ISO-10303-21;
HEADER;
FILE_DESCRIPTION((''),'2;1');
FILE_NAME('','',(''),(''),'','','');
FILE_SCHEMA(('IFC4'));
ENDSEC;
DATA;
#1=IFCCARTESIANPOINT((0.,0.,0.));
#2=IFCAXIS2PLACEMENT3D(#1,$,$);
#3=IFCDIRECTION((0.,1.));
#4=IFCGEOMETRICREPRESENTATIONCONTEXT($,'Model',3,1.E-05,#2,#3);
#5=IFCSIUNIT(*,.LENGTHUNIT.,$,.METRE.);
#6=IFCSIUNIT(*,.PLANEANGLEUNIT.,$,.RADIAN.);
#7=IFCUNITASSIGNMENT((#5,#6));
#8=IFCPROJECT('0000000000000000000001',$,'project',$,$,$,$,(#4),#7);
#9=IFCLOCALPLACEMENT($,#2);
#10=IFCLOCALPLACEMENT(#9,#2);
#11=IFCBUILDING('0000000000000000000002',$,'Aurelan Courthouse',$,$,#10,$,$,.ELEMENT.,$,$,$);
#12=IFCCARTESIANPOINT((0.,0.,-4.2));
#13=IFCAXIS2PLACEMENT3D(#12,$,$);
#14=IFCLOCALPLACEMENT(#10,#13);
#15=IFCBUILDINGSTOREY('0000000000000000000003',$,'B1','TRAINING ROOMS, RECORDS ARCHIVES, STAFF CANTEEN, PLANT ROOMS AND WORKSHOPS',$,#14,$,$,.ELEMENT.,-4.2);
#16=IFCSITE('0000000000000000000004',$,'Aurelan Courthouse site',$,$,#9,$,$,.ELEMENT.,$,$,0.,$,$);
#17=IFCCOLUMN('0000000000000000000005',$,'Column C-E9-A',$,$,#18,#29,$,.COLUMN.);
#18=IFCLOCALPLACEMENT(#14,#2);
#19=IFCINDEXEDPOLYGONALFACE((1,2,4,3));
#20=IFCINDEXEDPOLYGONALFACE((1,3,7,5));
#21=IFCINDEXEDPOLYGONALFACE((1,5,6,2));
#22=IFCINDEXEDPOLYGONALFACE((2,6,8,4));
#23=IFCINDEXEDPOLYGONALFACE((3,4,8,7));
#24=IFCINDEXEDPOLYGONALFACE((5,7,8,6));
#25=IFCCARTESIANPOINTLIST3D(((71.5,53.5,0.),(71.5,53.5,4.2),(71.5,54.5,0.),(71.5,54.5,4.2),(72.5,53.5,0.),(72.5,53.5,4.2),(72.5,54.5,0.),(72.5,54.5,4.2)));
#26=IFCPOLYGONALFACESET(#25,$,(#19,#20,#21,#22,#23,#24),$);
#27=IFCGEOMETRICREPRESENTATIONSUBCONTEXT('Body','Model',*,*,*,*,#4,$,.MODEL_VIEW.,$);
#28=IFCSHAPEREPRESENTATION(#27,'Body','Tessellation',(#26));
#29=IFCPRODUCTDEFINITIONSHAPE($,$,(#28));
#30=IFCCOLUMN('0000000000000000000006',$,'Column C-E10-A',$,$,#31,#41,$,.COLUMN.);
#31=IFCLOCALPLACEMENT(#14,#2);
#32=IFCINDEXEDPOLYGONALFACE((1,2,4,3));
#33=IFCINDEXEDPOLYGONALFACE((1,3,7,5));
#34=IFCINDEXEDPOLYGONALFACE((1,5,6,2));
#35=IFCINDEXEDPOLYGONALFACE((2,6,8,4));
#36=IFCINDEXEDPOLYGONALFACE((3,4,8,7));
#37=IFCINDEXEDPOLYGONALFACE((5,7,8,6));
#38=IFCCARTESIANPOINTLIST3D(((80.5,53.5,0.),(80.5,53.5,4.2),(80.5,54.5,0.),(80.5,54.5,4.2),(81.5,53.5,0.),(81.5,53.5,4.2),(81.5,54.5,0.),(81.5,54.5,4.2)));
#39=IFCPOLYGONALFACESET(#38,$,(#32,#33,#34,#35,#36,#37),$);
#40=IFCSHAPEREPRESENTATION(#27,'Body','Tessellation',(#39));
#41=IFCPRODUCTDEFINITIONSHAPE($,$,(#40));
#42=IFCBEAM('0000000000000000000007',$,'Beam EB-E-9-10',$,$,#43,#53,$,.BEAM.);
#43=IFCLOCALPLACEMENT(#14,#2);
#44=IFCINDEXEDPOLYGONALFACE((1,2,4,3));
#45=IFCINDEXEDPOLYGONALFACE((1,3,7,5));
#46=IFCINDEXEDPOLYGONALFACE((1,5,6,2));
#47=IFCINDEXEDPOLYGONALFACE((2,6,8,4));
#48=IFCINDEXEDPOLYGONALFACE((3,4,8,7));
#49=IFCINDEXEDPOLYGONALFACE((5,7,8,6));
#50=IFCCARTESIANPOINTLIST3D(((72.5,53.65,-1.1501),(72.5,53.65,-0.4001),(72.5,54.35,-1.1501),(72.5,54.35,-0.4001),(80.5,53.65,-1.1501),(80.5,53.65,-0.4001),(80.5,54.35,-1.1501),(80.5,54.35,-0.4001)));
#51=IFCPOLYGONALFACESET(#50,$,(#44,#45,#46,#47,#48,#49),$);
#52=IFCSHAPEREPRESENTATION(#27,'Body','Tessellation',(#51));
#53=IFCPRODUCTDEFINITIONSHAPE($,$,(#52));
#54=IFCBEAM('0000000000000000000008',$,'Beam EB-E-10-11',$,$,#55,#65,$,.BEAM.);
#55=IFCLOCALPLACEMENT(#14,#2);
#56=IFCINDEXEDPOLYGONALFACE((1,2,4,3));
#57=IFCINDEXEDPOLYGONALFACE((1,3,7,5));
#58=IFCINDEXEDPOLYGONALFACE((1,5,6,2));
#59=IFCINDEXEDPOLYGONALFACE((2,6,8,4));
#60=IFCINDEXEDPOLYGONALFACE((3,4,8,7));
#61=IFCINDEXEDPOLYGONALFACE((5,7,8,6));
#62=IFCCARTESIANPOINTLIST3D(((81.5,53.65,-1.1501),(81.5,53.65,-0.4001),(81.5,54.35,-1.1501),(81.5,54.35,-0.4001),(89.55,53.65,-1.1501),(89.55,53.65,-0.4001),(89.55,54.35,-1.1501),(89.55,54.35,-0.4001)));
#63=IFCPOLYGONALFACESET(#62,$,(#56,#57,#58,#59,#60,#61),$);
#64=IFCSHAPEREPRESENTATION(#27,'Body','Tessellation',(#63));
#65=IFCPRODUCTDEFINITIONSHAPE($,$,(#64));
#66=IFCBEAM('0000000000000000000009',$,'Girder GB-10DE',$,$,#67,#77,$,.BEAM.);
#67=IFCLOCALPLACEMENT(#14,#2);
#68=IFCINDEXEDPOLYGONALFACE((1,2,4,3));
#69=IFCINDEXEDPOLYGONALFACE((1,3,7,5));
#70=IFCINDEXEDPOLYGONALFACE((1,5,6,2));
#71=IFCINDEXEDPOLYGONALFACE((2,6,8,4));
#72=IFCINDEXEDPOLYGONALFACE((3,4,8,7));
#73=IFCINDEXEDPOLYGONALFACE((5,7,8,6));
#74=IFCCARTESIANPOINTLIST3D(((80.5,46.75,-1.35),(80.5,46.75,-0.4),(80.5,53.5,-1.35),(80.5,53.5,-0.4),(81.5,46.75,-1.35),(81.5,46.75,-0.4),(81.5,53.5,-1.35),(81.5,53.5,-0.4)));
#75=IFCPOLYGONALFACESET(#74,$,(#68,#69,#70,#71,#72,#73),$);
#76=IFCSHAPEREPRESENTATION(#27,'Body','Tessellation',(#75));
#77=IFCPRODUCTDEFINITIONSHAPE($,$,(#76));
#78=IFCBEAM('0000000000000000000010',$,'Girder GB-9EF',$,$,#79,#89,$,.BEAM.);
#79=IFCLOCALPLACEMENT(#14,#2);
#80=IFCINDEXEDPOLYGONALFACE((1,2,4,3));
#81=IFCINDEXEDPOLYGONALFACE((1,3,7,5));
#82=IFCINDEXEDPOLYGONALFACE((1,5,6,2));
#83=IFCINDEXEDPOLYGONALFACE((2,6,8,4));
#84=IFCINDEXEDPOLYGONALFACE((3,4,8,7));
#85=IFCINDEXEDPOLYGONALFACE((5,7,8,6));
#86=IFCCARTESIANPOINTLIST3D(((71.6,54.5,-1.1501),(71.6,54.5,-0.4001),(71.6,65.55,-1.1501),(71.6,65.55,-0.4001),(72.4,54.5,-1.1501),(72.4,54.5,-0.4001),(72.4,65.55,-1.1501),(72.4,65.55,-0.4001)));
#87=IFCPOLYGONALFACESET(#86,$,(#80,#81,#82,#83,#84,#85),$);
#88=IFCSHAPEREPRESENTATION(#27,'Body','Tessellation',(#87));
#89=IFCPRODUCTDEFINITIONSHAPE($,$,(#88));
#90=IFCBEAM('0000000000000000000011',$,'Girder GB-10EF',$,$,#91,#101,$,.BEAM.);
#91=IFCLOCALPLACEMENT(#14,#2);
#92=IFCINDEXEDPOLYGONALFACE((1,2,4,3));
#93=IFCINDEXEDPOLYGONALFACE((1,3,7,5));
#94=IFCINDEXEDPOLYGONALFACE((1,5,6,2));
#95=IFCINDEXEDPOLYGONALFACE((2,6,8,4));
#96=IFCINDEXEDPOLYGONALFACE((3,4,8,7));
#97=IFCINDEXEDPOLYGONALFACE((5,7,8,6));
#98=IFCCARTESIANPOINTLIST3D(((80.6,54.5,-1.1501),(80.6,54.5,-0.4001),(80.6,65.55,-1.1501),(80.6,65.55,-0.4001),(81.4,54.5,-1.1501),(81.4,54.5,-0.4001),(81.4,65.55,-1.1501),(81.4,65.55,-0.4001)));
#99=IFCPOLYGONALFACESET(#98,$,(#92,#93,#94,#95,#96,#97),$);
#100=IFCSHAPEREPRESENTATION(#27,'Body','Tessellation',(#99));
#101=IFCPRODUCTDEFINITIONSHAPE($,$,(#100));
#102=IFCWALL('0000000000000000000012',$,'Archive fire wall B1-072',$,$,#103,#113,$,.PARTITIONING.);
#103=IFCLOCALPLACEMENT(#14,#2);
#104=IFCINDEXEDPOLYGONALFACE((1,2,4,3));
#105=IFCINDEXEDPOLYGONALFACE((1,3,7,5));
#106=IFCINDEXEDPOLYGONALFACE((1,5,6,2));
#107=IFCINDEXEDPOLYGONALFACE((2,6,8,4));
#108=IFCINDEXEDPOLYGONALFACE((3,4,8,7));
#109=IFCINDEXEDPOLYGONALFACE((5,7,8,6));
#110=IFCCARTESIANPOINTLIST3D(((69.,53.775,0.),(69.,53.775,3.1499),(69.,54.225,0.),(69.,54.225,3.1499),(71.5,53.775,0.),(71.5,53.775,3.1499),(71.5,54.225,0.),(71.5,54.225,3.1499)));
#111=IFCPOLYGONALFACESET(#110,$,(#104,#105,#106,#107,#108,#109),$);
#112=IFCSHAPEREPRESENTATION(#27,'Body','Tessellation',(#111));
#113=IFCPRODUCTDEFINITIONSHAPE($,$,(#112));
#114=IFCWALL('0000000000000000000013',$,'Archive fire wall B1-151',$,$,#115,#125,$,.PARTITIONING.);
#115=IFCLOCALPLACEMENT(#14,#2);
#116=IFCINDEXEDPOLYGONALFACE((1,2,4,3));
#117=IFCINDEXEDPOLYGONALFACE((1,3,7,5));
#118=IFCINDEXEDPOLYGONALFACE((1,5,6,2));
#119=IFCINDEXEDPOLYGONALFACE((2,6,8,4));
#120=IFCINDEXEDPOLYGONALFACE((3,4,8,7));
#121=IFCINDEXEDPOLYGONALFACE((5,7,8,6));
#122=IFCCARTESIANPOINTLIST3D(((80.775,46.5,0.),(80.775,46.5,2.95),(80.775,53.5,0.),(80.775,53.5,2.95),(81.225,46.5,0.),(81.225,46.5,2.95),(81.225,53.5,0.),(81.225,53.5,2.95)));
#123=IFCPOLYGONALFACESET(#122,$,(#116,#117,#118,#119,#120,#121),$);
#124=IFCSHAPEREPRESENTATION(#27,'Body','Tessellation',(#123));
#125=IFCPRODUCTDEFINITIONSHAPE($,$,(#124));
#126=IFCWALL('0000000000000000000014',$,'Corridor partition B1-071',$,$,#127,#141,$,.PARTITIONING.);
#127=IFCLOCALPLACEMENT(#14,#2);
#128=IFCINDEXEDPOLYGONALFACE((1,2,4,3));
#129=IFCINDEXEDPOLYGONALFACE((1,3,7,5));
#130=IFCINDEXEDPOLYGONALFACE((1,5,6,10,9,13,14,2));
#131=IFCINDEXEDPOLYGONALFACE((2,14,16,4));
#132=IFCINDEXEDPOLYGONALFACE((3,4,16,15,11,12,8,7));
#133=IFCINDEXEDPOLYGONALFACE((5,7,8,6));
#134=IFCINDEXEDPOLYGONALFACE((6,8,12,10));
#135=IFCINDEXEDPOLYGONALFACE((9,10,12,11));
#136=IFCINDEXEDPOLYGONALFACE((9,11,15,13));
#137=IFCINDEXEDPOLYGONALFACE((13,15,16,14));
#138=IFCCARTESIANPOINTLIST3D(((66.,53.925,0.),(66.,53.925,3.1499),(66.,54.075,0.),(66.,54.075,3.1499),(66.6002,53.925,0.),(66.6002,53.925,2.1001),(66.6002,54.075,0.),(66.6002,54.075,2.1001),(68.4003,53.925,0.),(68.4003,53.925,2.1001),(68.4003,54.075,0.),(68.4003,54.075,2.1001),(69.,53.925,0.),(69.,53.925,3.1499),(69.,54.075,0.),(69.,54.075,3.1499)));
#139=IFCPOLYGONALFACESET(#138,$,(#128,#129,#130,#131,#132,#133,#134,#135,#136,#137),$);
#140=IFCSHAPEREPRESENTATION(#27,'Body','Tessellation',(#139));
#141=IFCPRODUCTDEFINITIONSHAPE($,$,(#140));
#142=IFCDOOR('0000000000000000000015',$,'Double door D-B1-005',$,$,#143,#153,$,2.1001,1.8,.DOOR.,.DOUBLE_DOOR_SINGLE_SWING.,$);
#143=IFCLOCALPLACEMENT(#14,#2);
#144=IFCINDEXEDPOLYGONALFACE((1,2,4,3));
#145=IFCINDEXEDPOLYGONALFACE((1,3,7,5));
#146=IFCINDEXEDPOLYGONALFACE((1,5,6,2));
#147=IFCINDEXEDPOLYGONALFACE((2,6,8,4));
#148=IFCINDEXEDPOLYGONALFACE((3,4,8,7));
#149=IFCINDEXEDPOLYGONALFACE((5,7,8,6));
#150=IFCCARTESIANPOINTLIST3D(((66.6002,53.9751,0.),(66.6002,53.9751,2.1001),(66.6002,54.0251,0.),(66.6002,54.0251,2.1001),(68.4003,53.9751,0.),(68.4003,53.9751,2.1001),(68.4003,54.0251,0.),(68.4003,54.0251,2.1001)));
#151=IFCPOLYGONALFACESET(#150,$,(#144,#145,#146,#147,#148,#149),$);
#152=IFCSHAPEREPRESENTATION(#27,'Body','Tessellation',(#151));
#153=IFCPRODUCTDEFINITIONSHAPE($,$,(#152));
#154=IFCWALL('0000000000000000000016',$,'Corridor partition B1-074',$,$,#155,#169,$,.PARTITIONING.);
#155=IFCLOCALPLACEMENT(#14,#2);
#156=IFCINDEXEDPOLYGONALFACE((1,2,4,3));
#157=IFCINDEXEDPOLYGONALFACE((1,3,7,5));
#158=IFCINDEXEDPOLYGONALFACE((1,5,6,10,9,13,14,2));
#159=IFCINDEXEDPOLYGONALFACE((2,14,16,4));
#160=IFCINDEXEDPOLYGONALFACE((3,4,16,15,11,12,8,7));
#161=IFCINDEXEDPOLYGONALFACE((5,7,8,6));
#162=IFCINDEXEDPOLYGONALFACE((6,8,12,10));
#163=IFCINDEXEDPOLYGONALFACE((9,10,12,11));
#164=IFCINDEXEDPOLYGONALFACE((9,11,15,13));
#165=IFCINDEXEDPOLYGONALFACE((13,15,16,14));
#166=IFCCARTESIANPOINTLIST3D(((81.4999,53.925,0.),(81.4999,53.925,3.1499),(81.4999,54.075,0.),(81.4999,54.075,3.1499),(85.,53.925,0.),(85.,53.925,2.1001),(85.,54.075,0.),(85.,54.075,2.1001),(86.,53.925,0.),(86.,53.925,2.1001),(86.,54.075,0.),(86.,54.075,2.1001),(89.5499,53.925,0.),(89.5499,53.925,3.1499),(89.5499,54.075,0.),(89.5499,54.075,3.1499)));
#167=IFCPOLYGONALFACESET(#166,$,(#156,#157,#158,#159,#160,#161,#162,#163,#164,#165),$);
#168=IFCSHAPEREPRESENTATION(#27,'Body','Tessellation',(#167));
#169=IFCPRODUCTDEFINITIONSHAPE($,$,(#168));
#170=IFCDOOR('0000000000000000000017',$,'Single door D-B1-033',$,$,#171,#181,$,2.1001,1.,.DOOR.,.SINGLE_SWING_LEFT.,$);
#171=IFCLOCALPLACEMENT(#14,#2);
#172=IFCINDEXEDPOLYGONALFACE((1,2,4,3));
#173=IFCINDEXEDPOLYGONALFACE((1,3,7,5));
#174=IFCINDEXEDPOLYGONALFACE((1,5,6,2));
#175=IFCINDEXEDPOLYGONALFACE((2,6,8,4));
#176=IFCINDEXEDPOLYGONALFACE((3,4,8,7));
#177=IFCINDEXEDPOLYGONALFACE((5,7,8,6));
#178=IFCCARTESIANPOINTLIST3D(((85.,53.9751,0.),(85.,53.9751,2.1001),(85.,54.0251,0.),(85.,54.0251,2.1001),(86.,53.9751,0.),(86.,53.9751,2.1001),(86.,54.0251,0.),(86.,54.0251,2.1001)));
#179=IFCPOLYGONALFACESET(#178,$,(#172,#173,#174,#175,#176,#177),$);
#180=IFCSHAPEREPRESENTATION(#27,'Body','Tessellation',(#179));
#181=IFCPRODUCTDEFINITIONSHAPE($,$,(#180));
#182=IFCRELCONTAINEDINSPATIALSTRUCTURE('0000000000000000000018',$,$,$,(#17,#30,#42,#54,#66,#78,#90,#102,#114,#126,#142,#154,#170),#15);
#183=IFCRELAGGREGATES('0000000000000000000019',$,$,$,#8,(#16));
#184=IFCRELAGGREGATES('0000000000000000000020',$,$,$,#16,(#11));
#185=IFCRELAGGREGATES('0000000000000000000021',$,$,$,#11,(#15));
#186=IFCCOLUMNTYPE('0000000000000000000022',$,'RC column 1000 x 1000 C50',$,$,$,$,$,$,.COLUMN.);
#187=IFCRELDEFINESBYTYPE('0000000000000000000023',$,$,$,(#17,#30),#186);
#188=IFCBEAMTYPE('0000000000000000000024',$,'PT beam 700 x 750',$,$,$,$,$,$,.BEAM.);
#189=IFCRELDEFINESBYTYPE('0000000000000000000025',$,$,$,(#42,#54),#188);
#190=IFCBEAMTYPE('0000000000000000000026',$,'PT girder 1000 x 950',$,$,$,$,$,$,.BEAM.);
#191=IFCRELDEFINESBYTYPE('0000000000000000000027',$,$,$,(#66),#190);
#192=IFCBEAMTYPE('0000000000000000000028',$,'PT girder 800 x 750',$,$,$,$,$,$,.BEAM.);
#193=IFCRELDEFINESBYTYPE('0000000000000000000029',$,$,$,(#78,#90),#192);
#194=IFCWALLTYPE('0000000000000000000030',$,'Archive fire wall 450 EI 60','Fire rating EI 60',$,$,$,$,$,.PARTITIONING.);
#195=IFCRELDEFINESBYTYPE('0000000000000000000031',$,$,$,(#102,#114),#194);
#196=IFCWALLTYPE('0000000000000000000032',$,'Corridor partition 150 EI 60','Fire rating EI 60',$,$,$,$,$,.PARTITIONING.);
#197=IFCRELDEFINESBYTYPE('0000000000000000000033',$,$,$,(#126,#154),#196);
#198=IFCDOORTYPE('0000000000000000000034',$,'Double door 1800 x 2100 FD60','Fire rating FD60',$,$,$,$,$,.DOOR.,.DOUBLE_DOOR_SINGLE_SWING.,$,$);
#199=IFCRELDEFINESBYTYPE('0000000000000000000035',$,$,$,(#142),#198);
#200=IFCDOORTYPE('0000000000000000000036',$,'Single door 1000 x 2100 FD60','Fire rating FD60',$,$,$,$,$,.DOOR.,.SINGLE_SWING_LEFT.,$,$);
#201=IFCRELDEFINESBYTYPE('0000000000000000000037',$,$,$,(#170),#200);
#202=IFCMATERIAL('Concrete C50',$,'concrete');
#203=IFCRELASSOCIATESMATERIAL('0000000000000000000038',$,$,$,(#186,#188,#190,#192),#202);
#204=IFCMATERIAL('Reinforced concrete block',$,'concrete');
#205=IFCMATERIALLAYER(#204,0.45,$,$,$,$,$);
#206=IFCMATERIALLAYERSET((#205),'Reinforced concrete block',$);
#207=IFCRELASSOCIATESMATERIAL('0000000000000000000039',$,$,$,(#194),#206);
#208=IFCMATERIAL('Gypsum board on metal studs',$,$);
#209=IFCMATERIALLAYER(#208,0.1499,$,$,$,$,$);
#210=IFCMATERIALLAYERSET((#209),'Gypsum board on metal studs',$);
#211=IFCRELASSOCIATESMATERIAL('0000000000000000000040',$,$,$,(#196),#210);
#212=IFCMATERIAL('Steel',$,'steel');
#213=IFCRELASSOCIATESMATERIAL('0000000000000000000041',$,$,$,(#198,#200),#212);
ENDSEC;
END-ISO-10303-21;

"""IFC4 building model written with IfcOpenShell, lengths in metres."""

from ifc_helpers import new_model, si_unit, direction, frame, frame_2d, origin, origin_2d, place, context, subcontext, project, spatial, rectangle, extrude, material, layer, layer_set, material_profile, profile_set, type_object, element, fill, save


model = new_model("IFC4")

# Units and contexts
model_context = context("Model", 3, precision=1e-05, world=origin(), true_north=direction((0.0, 1.0)))
body_context = subcontext(model_context, "Body", "Model", "MODEL_VIEW")
ifc_project = project(units=[si_unit("LENGTHUNIT", "METRE"), si_unit("PLANEANGLEUNIT", "RADIAN")], contexts=[model_context])

# Site, building, storey
site_placement = place(None, origin())
site = spatial("IfcSite", under=ifc_project, at=site_placement, Name="Aurelan Courthouse site", CompositionType="ELEMENT", RefElevation=0.0)
building_placement = place(site_placement, origin())
building = spatial("IfcBuilding", under=site, at=building_placement, Name="Aurelan Courthouse", CompositionType="ELEMENT")
storey_placement = place(building_placement, frame((0.0, 0.0, -4.2)))
storey = spatial("IfcBuildingStorey", under=building, at=storey_placement, Name="B1", Description="TRAINING ROOMS, RECORDS ARCHIVES, STAFF CANTEEN, PLANT ROOMS AND WORKSHOPS", CompositionType="ELEMENT", Elevation=-4.2)

# Columns
ifc_material_1 = material(Name="Concrete C50", Category="concrete")
ifc_material_profile_1 = material_profile(ifc_material_1, rectangle(XDim=1.0, YDim=1.0, at=origin_2d()), Name="RC 1000 x 1000")
ifc_profile_set_1 = profile_set([ifc_material_profile_1], Name="Concrete C50")
column_type = type_object("IfcColumnType", Name="RC column 1000 x 1000 C50", PredefinedType="COLUMN", material=ifc_profile_set_1)
for number, where, z_axis, x_axis, name in (
    (1, (72.0, 54.0, 0.0), (0.0, 0.0, 1.0), (1.0, 0.0, 0.0), "Column C-E9-A"),
    (2, (81.0, 54.0, 0.0), (0.0, 0.0, 1.0), (1.0, 0.0, 0.0), "Column C-E10-A"),
):
    element("IfcColumn", number, at=place(storey_placement, frame(where, z_axis=z_axis, x_axis=x_axis)), inside=storey, type_object=column_type, Name=name, PredefinedType="COLUMN", context=body_context, shape_type="SweptSolid", body=[
        extrude(rectangle(XDim=1.0, YDim=1.0, at=origin_2d()), origin(), (0.0, 0.0, 1.0), 4.2),
    ])

# Beams
ifc_material_profile_2 = material_profile(ifc_material_1, rectangle(XDim=0.7, YDim=0.75, at=origin_2d()), Name="RC 700 x 750")
ifc_profile_set_2 = profile_set([ifc_material_profile_2], Name="Concrete C50")
beam_type_1 = type_object("IfcBeamType", Name="PT beam 700 x 750", PredefinedType="BEAM", material=ifc_profile_set_2)
beam_1_placement = place(storey_placement, frame((72.5, 54.0, -0.7751), z_axis=(1.0, 0.0, 0.0), x_axis=(0.0, 1.0, 0.0)))
element("IfcBeam", 3, at=beam_1_placement, inside=storey, type_object=beam_type_1, Name="Beam EB-E-9-10", PredefinedType="BEAM", context=body_context, shape_type="SweptSolid", body=[
    extrude(rectangle(XDim=0.7, YDim=0.75, at=origin_2d()), origin(), (0.0, 0.0, 1.0), 8.0),
])
beam_2_placement = place(storey_placement, frame((81.5, 54.0, -0.7751), z_axis=(1.0, 0.0, 0.0), x_axis=(0.0, 1.0, 0.0)))
element("IfcBeam", 4, at=beam_2_placement, inside=storey, type_object=beam_type_1, Name="Beam EB-E-10-11", PredefinedType="BEAM", context=body_context, shape_type="SweptSolid", body=[
    extrude(rectangle(XDim=0.7, YDim=0.75, at=origin_2d()), origin(), (0.0, 0.0, 1.0), 8.05),
])
ifc_material_profile_3 = material_profile(ifc_material_1, rectangle(XDim=1.0, YDim=0.95, at=origin_2d()), Name="RC 1000 x 950")
ifc_profile_set_3 = profile_set([ifc_material_profile_3], Name="Concrete C50")
beam_type_2 = type_object("IfcBeamType", Name="PT girder 1000 x 950", PredefinedType="BEAM", material=ifc_profile_set_3)
beam_3_placement = place(storey_placement, frame((81.0, 46.75, -0.875), z_axis=(0.0, 1.0, 0.0), x_axis=(-1.0, 0.0, 0.0)))
element("IfcBeam", 5, at=beam_3_placement, inside=storey, type_object=beam_type_2, Name="Girder GB-10DE", PredefinedType="BEAM", context=body_context, shape_type="SweptSolid", body=[
    extrude(rectangle(XDim=1.0, YDim=0.95, at=origin_2d()), origin(), (0.0, 0.0, 1.0), 6.75),
])
ifc_material_profile_4 = material_profile(ifc_material_1, rectangle(XDim=0.8, YDim=0.75, at=origin_2d()), Name="RC 800 x 750")
ifc_profile_set_4 = profile_set([ifc_material_profile_4], Name="Concrete C50")
beam_type_3 = type_object("IfcBeamType", Name="PT girder 800 x 750", PredefinedType="BEAM", material=ifc_profile_set_4)
for number, where, z_axis, x_axis, name in (
    (6, (72.0, 54.5, -0.7751), (0.0, 1.0, 0.0), (-1.0, 0.0, 0.0), "Girder GB-9EF"),
    (7, (81.0, 54.5, -0.7751), (0.0, 1.0, 0.0), (-1.0, 0.0, 0.0), "Girder GB-10EF"),
):
    element("IfcBeam", number, at=place(storey_placement, frame(where, z_axis=z_axis, x_axis=x_axis)), inside=storey, type_object=beam_type_3, Name=name, PredefinedType="BEAM", context=body_context, shape_type="SweptSolid", body=[
        extrude(rectangle(XDim=0.8, YDim=0.75, at=origin_2d()), origin(), (0.0, 0.0, 1.0), 11.05),
    ])

# Wall
ifc_material_2 = material(Name="Reinforced concrete block", Category="concrete")
ifc_layer_1 = layer(ifc_material_2, 0.45)
ifc_layer_set_1 = layer_set([ifc_layer_1], Name="Reinforced concrete block")
wall_type_1 = type_object("IfcWallType", Name="Archive fire wall 450 EI 60", Description="Fire rating EI 60", PredefinedType="PARTITIONING", material=ifc_layer_set_1)
wall_1_placement = place(storey_placement, frame((69.0, 54.0, 0.0), z_axis=(0.0, 0.0, 1.0), x_axis=(1.0, 0.0, 0.0)))
element("IfcWall", 8, at=wall_1_placement, inside=storey, type_object=wall_type_1, Name="Archive fire wall B1-072", PredefinedType="PARTITIONING", context=body_context, shape_type="SweptSolid", body=[
    extrude(rectangle(XDim=2.5, YDim=0.45, at=frame_2d((1.25, 0.0))), origin(), (0.0, 0.0, 1.0), 3.1499),
])

# Shared definitions
ifc_material_3 = material(Name="Steel", Category="steel")

# Wall
wall_2_placement = place(storey_placement, frame((81.0, 46.5, 0.0), z_axis=(0.0, 0.0, 1.0), x_axis=(0.0, 1.0, 0.0)))
element("IfcWall", 9, at=wall_2_placement, inside=storey, type_object=wall_type_1, Name="Archive fire wall B1-151", PredefinedType="PARTITIONING", context=body_context, shape_type="SweptSolid", body=[
    extrude(rectangle(XDim=7.0, YDim=0.45, at=frame_2d((3.5, 0.0))), origin(), (0.0, 0.0, 1.0), 2.95),
])

# Walls, openings, doors
ifc_material_4 = material(Name="Gypsum board on metal studs")
ifc_layer_2 = layer(ifc_material_4, 0.1499)
ifc_layer_set_2 = layer_set([ifc_layer_2], Name="Gypsum board on metal studs")
wall_type_2 = type_object("IfcWallType", Name="Corridor partition 150 EI 60", Description="Fire rating EI 60", PredefinedType="PARTITIONING", material=ifc_layer_set_2)
wall_3_placement = place(storey_placement, frame((66.0, 54.0, 0.0), z_axis=(0.0, 0.0, 1.0), x_axis=(1.0, 0.0, 0.0)))
wall_3 = element("IfcWall", 10, at=wall_3_placement, inside=storey, type_object=wall_type_2, Name="Corridor partition B1-071", PredefinedType="PARTITIONING", context=body_context, shape_type="SweptSolid", body=[
    extrude(rectangle(XDim=3.0, YDim=0.1499, at=frame_2d((1.5, 0.0))), origin(), (0.0, 0.0, 1.0), 3.1499),
])
opening_1_placement = place(wall_3_placement, frame((2.4001, 0.0, 0.0), z_axis=(0.0, 0.0, 1.0), x_axis=(-1.0, 0.0, 0.0)))
opening_1 = element("IfcOpeningElement", 11, at=opening_1_placement, cuts=wall_3, PredefinedType="OPENING", context=body_context, shape_type="SweptSolid", body=[
    extrude(rectangle(XDim=1.8, YDim=2.1001, at=frame_2d((0.8999, 1.05))), frame((0.0, 0.085, 0.0), z_axis=(0.0, -1.0, 0.0), x_axis=(1.0, 0.0, 0.0)), (0.0, 0.0, 1.0), 0.1699),
])
door_type_1 = type_object("IfcDoorType", Name="Double door 1800 x 2100 FD60", Description="Fire rating FD60", OperationType="DOUBLE_DOOR_SINGLE_SWING", PredefinedType="DOOR", material=ifc_material_3)
door_1_placement = place(opening_1_placement, origin())
door_1 = element("IfcDoor", 12, at=door_1_placement, inside=storey, type_object=door_type_1, Name="Double door D-B1-005", OperationType="DOUBLE_DOOR_SINGLE_SWING", OverallHeight=2.1001, OverallWidth=1.8, PredefinedType="DOOR", context=body_context, shape_type="SweptSolid", body=[
    extrude(rectangle(XDim=1.8, YDim=2.1001, at=frame_2d((0.8999, 1.05))), frame((0.0, 0.0249, 0.0), z_axis=(0.0, -1.0, 0.0), x_axis=(1.0, 0.0, 0.0)), (0.0, 0.0, 1.0), 0.05),
])
fill(opening_1, door_1)
wall_4_placement = place(storey_placement, frame((81.5, 54.0, 0.0), z_axis=(0.0, 0.0, 1.0), x_axis=(1.0, 0.0, 0.0)))
wall_4 = element("IfcWall", 13, at=wall_4_placement, inside=storey, type_object=wall_type_2, Name="Corridor partition B1-074", PredefinedType="PARTITIONING", context=body_context, shape_type="SweptSolid", body=[
    extrude(rectangle(XDim=8.05, YDim=0.1499, at=frame_2d((4.0249, 0.0))), origin(), (0.0, 0.0, 1.0), 3.1499),
])
opening_2_placement = place(wall_4_placement, frame((4.5, 0.0, 0.0), z_axis=(0.0, 0.0, 1.0), x_axis=(-1.0, 0.0, 0.0)))
opening_2 = element("IfcOpeningElement", 14, at=opening_2_placement, cuts=wall_4, PredefinedType="OPENING", context=body_context, shape_type="SweptSolid", body=[
    extrude(rectangle(XDim=1.0, YDim=2.1001, at=frame_2d((0.5, 1.05))), frame((0.0, 0.085, 0.0), z_axis=(0.0, -1.0, 0.0), x_axis=(1.0, 0.0, 0.0)), (0.0, 0.0, 1.0), 0.1699),
])
door_type_2 = type_object("IfcDoorType", Name="Single door 1000 x 2100 FD60", Description="Fire rating FD60", OperationType="SINGLE_SWING_LEFT", PredefinedType="DOOR", material=ifc_material_3)
door_2_placement = place(opening_2_placement, origin())
door_2 = element("IfcDoor", 15, at=door_2_placement, inside=storey, type_object=door_type_2, Name="Single door D-B1-033", OperationType="SINGLE_SWING_LEFT", OverallHeight=2.1001, OverallWidth=1.0, PredefinedType="DOOR", context=body_context, shape_type="SweptSolid", body=[
    extrude(rectangle(XDim=1.0, YDim=2.1001, at=frame_2d((0.5, 1.05))), frame((0.0, 0.0249, 0.0), z_axis=(0.0, -1.0, 0.0), x_axis=(1.0, 0.0, 0.0)), (0.0, 0.0, 1.0), 0.05),
])
fill(opening_2, door_2)

save(model, "model.ifc")
